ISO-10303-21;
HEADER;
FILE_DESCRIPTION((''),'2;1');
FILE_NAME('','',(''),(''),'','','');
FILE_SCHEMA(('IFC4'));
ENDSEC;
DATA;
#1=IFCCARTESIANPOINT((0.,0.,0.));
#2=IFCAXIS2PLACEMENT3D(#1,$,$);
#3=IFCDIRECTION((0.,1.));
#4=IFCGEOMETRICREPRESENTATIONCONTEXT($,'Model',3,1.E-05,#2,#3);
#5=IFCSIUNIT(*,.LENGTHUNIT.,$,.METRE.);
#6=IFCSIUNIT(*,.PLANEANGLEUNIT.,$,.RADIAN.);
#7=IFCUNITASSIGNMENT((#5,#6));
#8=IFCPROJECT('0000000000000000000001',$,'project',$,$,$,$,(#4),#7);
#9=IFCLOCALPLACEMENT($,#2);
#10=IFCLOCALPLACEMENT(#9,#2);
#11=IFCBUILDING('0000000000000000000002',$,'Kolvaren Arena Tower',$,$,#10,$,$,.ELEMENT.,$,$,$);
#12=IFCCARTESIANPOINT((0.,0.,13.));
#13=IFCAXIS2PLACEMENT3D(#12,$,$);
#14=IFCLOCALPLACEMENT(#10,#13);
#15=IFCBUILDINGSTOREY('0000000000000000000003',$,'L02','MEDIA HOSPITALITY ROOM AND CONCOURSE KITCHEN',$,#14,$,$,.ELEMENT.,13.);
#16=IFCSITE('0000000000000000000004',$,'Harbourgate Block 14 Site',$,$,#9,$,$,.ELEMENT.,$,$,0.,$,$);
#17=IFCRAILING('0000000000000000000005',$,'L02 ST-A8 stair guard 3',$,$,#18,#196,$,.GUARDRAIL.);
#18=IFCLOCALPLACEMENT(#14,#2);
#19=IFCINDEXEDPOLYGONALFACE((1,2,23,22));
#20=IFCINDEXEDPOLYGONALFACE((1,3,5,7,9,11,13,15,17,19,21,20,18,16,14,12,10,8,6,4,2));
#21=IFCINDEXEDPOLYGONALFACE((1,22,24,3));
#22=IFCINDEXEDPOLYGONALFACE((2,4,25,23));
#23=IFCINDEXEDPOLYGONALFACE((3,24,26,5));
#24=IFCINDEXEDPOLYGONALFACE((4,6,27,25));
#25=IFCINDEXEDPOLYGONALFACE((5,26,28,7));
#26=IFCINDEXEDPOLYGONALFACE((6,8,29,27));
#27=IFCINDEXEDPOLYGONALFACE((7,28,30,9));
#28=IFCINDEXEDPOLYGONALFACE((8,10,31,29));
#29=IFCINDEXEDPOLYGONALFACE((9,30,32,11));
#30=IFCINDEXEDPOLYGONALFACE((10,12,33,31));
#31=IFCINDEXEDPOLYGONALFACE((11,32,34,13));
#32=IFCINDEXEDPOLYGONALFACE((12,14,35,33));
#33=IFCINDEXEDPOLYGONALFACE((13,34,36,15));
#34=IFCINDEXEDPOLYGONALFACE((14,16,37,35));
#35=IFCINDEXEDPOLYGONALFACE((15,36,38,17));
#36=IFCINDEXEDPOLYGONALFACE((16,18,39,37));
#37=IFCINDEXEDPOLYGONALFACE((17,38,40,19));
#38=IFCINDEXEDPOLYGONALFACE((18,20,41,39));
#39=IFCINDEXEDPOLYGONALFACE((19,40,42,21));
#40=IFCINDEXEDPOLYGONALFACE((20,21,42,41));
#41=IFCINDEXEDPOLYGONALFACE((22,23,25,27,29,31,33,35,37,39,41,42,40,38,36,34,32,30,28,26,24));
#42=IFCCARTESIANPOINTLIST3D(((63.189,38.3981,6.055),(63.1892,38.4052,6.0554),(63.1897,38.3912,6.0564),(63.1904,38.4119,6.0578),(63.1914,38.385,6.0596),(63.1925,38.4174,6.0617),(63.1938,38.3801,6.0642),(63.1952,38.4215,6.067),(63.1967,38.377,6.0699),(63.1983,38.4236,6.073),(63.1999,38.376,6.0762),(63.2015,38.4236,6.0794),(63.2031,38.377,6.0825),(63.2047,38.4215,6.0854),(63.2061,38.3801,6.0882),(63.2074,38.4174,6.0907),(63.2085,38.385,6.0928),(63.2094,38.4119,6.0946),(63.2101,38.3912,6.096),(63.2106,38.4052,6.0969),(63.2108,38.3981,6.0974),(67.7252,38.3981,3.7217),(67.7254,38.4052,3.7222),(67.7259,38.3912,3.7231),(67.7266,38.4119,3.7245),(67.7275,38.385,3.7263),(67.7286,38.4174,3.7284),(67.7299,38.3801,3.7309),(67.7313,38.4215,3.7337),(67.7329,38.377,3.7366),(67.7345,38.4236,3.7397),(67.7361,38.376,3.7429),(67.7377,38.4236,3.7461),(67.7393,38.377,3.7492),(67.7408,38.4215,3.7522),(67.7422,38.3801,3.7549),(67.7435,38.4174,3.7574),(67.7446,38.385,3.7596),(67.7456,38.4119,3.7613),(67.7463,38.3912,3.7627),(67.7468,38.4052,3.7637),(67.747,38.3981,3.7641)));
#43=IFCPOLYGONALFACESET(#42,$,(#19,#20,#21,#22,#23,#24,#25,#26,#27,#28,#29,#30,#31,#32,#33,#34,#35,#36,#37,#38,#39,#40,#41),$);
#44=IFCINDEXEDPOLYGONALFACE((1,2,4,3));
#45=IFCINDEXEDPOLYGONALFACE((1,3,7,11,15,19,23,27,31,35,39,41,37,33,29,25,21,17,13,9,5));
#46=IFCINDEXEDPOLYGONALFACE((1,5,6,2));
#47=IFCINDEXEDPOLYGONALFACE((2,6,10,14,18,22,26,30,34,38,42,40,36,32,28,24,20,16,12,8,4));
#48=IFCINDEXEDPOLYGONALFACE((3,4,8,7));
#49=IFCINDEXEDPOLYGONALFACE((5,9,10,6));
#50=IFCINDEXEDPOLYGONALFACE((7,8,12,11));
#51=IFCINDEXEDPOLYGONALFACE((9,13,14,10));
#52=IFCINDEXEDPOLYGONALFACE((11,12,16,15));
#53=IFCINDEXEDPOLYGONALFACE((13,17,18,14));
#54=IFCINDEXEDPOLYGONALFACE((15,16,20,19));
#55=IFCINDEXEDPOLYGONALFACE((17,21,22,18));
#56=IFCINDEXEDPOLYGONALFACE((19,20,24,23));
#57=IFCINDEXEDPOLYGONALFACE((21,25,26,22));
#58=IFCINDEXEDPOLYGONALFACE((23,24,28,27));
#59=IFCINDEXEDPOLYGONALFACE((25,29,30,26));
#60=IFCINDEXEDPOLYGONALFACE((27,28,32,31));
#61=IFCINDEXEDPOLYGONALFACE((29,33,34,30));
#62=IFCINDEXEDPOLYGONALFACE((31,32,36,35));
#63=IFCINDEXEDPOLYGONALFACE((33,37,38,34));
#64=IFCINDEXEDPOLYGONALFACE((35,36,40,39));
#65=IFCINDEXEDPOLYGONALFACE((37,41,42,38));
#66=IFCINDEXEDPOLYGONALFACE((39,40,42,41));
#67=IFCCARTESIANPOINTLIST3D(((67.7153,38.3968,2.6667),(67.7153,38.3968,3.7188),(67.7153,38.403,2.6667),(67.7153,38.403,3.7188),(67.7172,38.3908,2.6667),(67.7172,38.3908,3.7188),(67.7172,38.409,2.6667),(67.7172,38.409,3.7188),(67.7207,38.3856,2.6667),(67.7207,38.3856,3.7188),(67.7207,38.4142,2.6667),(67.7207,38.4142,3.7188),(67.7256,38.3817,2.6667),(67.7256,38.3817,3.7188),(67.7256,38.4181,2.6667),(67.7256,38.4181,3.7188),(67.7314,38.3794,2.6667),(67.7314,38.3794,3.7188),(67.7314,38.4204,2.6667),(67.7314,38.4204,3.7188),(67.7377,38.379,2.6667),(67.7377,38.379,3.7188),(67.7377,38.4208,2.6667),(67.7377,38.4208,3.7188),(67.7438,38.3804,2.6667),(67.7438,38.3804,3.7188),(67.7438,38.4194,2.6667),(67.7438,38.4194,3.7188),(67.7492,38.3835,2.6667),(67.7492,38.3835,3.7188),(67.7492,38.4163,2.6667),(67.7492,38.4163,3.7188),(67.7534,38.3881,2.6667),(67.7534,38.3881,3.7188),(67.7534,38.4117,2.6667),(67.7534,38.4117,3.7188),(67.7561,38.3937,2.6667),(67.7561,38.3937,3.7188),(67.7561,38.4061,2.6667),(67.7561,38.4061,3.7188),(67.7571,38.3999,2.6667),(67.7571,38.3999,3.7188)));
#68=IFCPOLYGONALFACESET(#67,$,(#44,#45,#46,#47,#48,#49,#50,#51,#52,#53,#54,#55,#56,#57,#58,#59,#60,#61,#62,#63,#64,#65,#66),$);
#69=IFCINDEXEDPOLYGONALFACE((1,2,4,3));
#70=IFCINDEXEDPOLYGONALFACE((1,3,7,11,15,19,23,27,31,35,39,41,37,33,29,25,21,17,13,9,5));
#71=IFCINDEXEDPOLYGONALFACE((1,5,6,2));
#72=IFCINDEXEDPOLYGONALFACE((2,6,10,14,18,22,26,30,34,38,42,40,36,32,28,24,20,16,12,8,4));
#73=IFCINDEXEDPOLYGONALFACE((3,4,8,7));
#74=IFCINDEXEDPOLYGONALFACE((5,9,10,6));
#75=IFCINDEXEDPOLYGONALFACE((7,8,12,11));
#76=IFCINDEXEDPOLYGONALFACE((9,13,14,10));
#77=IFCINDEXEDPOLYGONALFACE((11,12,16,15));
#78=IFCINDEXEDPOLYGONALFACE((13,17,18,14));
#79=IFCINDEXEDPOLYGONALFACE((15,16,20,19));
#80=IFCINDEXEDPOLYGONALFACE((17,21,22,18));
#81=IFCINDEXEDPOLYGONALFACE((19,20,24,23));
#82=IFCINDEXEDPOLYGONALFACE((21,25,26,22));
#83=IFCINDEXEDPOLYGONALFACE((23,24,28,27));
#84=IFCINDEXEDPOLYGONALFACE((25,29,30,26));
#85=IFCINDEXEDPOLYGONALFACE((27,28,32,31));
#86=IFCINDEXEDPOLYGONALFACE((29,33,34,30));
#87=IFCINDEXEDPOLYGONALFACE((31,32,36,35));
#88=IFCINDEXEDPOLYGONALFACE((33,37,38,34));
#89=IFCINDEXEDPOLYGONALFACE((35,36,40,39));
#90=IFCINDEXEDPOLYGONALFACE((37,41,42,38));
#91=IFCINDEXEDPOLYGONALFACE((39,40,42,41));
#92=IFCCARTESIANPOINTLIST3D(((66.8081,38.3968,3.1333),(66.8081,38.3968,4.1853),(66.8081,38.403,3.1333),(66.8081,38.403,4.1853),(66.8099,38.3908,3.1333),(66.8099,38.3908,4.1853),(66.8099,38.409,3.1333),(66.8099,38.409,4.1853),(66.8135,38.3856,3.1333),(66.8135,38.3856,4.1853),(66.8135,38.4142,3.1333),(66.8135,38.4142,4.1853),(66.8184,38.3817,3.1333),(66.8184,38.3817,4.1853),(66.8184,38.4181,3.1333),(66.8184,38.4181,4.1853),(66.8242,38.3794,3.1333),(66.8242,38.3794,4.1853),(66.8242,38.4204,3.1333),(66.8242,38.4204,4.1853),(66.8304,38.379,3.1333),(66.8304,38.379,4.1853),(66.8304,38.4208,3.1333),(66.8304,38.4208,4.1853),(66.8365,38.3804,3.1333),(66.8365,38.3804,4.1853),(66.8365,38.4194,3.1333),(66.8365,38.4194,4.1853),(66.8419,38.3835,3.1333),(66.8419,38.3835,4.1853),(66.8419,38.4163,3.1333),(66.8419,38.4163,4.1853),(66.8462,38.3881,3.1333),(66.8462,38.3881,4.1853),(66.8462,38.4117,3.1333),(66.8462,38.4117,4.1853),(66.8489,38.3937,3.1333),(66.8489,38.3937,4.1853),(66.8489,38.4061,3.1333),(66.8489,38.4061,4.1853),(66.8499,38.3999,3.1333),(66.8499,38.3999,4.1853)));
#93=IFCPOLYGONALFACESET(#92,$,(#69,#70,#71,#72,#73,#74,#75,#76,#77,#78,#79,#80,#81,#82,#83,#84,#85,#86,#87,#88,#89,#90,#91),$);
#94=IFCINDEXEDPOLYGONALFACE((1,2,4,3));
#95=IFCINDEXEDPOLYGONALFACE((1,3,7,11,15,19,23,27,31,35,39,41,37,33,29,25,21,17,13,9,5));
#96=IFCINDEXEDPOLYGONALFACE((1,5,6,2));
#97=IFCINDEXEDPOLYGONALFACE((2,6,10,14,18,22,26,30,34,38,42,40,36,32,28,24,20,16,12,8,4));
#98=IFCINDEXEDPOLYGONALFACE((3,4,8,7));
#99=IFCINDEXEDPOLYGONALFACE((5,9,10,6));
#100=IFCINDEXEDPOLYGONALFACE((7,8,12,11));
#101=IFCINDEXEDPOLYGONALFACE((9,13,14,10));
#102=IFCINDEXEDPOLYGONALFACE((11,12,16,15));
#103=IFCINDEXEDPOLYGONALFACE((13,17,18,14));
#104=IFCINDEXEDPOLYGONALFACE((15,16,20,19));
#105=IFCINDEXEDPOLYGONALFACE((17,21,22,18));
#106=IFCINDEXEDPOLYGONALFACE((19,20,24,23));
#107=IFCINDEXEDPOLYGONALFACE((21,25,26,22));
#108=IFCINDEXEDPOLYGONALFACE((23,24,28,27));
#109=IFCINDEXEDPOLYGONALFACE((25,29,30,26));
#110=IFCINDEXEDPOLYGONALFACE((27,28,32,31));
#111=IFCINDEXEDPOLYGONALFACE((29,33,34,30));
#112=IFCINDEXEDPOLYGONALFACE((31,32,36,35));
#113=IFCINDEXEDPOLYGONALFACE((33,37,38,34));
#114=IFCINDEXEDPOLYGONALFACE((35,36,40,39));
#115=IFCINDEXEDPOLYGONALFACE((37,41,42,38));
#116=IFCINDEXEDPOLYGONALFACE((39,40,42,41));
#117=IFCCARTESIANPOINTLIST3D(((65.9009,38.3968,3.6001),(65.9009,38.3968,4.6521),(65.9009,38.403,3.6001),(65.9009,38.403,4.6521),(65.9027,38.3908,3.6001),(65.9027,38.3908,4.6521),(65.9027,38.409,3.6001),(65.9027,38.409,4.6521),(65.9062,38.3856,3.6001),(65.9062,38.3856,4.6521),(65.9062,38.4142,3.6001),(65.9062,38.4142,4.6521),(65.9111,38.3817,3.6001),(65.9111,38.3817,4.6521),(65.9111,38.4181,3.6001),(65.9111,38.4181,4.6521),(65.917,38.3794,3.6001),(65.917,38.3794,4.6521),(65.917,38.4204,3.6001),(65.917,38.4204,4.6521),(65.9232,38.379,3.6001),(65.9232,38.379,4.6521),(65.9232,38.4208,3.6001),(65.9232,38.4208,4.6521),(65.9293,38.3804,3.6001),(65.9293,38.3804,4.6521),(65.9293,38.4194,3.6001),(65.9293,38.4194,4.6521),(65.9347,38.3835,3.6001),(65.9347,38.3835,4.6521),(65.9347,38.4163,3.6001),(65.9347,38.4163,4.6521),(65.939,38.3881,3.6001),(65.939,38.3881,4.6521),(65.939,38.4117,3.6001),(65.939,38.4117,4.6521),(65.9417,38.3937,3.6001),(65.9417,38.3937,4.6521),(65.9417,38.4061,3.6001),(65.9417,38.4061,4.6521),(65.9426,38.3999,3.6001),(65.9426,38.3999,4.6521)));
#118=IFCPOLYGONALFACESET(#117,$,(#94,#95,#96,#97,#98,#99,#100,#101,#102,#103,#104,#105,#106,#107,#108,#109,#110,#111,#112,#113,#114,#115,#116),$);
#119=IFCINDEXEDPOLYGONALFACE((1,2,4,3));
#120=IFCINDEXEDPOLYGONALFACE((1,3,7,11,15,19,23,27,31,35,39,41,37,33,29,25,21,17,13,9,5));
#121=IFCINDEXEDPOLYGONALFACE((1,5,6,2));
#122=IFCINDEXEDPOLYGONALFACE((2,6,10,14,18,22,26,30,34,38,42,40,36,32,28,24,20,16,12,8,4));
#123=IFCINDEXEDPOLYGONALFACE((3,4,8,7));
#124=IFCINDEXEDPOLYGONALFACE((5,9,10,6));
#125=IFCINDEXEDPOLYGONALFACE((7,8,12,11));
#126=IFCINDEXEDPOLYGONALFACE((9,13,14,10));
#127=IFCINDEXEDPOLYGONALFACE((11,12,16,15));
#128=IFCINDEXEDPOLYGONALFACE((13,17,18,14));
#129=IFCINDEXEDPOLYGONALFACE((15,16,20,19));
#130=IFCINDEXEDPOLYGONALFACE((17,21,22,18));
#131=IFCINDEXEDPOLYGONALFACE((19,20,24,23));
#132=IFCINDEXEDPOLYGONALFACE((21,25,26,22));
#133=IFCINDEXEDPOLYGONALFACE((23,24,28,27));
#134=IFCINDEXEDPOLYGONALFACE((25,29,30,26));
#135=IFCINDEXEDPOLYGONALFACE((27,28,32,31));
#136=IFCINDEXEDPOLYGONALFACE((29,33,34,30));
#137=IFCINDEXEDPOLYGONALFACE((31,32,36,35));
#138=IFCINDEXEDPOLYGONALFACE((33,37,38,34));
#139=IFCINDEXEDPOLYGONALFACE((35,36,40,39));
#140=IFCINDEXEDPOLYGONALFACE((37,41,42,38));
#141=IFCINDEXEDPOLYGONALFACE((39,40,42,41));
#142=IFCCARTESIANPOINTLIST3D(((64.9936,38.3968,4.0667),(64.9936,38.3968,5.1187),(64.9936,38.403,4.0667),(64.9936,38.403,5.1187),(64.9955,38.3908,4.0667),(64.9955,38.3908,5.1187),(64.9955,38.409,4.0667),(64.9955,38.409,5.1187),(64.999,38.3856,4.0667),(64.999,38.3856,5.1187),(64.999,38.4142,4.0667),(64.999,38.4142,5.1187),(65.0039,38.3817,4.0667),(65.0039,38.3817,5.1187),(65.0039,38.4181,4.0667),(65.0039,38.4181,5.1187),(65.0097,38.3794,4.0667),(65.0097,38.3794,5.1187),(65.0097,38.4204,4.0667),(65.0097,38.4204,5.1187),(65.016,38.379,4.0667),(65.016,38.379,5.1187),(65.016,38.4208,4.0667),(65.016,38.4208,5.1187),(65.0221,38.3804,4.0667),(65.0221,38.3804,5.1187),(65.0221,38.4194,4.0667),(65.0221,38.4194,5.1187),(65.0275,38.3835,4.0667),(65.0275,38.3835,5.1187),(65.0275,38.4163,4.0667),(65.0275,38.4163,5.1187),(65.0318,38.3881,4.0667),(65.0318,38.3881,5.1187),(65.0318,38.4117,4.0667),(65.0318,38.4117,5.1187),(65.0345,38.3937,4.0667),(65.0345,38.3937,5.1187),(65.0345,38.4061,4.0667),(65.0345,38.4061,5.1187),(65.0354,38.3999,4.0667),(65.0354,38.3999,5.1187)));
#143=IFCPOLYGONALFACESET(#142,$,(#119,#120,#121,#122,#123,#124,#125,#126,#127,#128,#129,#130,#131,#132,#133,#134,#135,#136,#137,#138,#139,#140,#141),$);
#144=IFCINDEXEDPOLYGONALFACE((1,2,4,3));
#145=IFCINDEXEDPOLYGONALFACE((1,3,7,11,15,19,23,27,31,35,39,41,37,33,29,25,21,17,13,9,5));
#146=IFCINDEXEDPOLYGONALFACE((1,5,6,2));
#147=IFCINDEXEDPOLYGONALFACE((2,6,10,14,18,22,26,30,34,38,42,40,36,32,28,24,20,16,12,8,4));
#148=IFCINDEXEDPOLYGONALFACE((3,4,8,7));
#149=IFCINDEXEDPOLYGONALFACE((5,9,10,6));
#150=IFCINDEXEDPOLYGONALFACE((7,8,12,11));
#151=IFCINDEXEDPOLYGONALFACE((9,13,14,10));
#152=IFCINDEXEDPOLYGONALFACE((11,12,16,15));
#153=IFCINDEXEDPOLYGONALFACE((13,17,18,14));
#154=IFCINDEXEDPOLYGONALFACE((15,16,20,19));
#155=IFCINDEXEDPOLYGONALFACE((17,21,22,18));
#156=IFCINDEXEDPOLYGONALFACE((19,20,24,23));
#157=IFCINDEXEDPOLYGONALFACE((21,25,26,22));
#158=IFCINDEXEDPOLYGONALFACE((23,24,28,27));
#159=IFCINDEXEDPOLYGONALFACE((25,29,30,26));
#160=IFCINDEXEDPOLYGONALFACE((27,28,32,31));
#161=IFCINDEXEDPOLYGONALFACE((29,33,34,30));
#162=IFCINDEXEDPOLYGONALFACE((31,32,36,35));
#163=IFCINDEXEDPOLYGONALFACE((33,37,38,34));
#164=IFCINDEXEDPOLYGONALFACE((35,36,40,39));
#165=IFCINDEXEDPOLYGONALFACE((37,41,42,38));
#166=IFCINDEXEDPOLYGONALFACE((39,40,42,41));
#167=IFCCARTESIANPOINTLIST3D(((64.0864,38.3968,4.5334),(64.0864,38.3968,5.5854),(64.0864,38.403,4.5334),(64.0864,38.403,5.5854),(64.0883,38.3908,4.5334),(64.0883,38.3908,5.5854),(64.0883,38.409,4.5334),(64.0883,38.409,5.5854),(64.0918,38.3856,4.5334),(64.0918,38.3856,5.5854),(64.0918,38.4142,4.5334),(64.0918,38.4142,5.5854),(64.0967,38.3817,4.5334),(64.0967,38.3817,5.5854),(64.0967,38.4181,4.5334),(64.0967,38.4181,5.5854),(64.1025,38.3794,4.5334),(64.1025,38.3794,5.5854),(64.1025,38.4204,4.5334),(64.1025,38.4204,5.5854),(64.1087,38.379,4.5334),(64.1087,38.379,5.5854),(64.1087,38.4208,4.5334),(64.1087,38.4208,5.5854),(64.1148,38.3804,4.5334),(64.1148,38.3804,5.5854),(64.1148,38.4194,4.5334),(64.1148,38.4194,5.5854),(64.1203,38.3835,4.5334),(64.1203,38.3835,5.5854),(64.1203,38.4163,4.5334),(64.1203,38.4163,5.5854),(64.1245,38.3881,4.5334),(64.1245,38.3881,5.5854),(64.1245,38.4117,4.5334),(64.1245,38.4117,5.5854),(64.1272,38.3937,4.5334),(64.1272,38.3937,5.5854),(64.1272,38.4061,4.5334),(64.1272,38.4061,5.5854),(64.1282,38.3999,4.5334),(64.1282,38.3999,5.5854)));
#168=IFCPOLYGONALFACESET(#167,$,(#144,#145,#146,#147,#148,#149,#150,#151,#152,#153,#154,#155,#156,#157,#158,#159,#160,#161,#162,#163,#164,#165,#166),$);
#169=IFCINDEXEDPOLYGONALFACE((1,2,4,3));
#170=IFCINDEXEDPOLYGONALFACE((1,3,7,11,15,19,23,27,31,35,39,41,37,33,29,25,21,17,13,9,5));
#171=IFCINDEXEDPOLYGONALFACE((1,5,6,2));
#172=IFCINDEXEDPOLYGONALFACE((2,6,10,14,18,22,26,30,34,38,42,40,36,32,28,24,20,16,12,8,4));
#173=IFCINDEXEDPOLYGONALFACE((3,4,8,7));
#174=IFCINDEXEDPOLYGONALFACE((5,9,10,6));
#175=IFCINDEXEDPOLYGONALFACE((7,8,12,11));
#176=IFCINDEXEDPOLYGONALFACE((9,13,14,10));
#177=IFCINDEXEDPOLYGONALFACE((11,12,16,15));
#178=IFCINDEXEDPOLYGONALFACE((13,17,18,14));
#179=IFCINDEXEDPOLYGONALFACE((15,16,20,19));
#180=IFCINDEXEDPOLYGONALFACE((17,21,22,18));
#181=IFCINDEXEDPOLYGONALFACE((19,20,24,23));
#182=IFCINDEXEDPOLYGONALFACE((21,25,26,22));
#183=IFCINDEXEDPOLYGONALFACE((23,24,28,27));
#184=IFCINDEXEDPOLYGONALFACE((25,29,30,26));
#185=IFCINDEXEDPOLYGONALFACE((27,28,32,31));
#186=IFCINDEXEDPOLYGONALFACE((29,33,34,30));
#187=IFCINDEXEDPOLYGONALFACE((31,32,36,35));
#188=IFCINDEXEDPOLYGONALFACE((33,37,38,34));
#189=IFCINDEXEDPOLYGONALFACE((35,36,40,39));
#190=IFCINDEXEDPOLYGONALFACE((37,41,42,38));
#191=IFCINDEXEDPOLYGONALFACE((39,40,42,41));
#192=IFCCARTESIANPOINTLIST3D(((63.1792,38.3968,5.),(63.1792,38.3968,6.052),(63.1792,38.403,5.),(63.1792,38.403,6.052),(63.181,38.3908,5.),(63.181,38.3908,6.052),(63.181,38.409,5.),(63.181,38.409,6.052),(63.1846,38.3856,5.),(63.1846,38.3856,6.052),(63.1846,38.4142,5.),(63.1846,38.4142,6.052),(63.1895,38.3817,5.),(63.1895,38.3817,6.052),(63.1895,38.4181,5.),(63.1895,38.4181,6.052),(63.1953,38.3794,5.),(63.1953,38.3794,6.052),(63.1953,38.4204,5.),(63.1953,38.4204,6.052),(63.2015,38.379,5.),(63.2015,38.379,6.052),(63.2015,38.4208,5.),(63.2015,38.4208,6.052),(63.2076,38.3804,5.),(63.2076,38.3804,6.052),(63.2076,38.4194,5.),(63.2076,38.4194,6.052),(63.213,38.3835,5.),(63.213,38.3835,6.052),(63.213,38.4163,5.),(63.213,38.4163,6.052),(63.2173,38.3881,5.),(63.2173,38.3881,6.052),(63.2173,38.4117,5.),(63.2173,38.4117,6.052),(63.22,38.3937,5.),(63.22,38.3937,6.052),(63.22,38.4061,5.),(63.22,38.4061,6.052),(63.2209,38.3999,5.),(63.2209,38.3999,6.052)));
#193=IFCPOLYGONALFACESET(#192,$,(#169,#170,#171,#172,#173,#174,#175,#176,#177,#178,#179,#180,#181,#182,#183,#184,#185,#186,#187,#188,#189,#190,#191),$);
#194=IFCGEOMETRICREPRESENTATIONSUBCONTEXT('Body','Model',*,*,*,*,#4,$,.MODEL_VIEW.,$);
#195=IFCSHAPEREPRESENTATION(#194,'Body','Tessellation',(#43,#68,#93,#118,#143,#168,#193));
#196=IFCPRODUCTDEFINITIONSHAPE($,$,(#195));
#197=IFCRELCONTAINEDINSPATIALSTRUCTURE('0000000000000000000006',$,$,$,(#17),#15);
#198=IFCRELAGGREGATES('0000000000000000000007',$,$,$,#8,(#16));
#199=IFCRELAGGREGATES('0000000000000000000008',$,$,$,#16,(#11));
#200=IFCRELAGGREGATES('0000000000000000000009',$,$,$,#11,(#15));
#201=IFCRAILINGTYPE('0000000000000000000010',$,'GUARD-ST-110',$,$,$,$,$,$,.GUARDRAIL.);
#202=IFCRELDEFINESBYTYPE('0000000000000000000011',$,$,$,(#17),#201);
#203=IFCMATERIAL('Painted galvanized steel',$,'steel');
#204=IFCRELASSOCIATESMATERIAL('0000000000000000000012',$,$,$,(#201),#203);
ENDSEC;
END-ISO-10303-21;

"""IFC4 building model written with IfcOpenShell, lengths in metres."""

from ifc_helpers import new_model, si_unit, direction, frame, origin, origin_2d, place, context, subcontext, project, spatial, circle, extrude, material, type_object, element, save


model = new_model("IFC4")

# Units and contexts
model_context = context("Model", 3, precision=1e-05, world=origin(), true_north=direction((0.0, 1.0)))
body_context = subcontext(model_context, "Body", "Model", "MODEL_VIEW")
ifc_project = project(units=[si_unit("LENGTHUNIT", "METRE"), si_unit("PLANEANGLEUNIT", "RADIAN")], contexts=[model_context])

# Site, building, storey
site_placement = place(None, origin())
site = spatial("IfcSite", under=ifc_project, at=site_placement, Name="Harbourgate Block 14 Site", CompositionType="ELEMENT", RefElevation=0.0)
building_placement = place(site_placement, origin())
building = spatial("IfcBuilding", under=site, at=building_placement, Name="Kolvaren Arena Tower", CompositionType="ELEMENT")
storey_placement = place(building_placement, frame((0.0, 0.0, 13.0)))
storey = spatial("IfcBuildingStorey", under=building, at=storey_placement, Name="L02", Description="MEDIA HOSPITALITY ROOM AND CONCOURSE KITCHEN", CompositionType="ELEMENT", Elevation=13.0)

# Railing
ifc_material_1 = material(Name="Painted galvanized steel", Category="steel")
railing_type_1 = type_object("IfcRailingType", Name="GUARD-ST-110", PredefinedType="GUARDRAIL", material=ifc_material_1)
railing_1_placement = place(storey_placement, frame((67.7361, 38.3999, 2.6667)))
element("IfcRailing", 1, at=railing_1_placement, inside=storey, type_object=railing_type_1, Name="L02 ST-A8 stair guard 3", PredefinedType="GUARDRAIL", context=body_context, shape_type="SweptSolid", body=[
    extrude(circle(Radius=0.0239, at=origin_2d()), frame((0.0, 0.0, 1.0762), z_axis=(-0.889257, 0.0, 0.457407), x_axis=(0.0, -1.0, 0.0)), (0.0, 0.0, 1.0), 5.1011),
    extrude(circle(Radius=0.021, at=origin_2d()), origin(), (0.0, 0.0, 1.0), 1.052),
    extrude(circle(Radius=0.021, at=origin_2d()), frame((-0.9072, 0.0, 0.4666)), (0.0, 0.0, 1.0), 1.052),
    extrude(circle(Radius=0.021, at=origin_2d()), frame((-1.8145, 0.0, 0.9333)), (0.0, 0.0, 1.0), 1.052),
    extrude(circle(Radius=0.021, at=origin_2d()), frame((-2.7217, 0.0, 1.3999)), (0.0, 0.0, 1.0), 1.052),
    extrude(circle(Radius=0.021, at=origin_2d()), frame((-3.6289, 0.0, 1.8667)), (0.0, 0.0, 1.0), 1.052),
    extrude(circle(Radius=0.021, at=origin_2d()), frame((-4.5361, 0.0, 2.3333)), (0.0, 0.0, 1.0), 1.052),
])

save(model, "model.ifc")
